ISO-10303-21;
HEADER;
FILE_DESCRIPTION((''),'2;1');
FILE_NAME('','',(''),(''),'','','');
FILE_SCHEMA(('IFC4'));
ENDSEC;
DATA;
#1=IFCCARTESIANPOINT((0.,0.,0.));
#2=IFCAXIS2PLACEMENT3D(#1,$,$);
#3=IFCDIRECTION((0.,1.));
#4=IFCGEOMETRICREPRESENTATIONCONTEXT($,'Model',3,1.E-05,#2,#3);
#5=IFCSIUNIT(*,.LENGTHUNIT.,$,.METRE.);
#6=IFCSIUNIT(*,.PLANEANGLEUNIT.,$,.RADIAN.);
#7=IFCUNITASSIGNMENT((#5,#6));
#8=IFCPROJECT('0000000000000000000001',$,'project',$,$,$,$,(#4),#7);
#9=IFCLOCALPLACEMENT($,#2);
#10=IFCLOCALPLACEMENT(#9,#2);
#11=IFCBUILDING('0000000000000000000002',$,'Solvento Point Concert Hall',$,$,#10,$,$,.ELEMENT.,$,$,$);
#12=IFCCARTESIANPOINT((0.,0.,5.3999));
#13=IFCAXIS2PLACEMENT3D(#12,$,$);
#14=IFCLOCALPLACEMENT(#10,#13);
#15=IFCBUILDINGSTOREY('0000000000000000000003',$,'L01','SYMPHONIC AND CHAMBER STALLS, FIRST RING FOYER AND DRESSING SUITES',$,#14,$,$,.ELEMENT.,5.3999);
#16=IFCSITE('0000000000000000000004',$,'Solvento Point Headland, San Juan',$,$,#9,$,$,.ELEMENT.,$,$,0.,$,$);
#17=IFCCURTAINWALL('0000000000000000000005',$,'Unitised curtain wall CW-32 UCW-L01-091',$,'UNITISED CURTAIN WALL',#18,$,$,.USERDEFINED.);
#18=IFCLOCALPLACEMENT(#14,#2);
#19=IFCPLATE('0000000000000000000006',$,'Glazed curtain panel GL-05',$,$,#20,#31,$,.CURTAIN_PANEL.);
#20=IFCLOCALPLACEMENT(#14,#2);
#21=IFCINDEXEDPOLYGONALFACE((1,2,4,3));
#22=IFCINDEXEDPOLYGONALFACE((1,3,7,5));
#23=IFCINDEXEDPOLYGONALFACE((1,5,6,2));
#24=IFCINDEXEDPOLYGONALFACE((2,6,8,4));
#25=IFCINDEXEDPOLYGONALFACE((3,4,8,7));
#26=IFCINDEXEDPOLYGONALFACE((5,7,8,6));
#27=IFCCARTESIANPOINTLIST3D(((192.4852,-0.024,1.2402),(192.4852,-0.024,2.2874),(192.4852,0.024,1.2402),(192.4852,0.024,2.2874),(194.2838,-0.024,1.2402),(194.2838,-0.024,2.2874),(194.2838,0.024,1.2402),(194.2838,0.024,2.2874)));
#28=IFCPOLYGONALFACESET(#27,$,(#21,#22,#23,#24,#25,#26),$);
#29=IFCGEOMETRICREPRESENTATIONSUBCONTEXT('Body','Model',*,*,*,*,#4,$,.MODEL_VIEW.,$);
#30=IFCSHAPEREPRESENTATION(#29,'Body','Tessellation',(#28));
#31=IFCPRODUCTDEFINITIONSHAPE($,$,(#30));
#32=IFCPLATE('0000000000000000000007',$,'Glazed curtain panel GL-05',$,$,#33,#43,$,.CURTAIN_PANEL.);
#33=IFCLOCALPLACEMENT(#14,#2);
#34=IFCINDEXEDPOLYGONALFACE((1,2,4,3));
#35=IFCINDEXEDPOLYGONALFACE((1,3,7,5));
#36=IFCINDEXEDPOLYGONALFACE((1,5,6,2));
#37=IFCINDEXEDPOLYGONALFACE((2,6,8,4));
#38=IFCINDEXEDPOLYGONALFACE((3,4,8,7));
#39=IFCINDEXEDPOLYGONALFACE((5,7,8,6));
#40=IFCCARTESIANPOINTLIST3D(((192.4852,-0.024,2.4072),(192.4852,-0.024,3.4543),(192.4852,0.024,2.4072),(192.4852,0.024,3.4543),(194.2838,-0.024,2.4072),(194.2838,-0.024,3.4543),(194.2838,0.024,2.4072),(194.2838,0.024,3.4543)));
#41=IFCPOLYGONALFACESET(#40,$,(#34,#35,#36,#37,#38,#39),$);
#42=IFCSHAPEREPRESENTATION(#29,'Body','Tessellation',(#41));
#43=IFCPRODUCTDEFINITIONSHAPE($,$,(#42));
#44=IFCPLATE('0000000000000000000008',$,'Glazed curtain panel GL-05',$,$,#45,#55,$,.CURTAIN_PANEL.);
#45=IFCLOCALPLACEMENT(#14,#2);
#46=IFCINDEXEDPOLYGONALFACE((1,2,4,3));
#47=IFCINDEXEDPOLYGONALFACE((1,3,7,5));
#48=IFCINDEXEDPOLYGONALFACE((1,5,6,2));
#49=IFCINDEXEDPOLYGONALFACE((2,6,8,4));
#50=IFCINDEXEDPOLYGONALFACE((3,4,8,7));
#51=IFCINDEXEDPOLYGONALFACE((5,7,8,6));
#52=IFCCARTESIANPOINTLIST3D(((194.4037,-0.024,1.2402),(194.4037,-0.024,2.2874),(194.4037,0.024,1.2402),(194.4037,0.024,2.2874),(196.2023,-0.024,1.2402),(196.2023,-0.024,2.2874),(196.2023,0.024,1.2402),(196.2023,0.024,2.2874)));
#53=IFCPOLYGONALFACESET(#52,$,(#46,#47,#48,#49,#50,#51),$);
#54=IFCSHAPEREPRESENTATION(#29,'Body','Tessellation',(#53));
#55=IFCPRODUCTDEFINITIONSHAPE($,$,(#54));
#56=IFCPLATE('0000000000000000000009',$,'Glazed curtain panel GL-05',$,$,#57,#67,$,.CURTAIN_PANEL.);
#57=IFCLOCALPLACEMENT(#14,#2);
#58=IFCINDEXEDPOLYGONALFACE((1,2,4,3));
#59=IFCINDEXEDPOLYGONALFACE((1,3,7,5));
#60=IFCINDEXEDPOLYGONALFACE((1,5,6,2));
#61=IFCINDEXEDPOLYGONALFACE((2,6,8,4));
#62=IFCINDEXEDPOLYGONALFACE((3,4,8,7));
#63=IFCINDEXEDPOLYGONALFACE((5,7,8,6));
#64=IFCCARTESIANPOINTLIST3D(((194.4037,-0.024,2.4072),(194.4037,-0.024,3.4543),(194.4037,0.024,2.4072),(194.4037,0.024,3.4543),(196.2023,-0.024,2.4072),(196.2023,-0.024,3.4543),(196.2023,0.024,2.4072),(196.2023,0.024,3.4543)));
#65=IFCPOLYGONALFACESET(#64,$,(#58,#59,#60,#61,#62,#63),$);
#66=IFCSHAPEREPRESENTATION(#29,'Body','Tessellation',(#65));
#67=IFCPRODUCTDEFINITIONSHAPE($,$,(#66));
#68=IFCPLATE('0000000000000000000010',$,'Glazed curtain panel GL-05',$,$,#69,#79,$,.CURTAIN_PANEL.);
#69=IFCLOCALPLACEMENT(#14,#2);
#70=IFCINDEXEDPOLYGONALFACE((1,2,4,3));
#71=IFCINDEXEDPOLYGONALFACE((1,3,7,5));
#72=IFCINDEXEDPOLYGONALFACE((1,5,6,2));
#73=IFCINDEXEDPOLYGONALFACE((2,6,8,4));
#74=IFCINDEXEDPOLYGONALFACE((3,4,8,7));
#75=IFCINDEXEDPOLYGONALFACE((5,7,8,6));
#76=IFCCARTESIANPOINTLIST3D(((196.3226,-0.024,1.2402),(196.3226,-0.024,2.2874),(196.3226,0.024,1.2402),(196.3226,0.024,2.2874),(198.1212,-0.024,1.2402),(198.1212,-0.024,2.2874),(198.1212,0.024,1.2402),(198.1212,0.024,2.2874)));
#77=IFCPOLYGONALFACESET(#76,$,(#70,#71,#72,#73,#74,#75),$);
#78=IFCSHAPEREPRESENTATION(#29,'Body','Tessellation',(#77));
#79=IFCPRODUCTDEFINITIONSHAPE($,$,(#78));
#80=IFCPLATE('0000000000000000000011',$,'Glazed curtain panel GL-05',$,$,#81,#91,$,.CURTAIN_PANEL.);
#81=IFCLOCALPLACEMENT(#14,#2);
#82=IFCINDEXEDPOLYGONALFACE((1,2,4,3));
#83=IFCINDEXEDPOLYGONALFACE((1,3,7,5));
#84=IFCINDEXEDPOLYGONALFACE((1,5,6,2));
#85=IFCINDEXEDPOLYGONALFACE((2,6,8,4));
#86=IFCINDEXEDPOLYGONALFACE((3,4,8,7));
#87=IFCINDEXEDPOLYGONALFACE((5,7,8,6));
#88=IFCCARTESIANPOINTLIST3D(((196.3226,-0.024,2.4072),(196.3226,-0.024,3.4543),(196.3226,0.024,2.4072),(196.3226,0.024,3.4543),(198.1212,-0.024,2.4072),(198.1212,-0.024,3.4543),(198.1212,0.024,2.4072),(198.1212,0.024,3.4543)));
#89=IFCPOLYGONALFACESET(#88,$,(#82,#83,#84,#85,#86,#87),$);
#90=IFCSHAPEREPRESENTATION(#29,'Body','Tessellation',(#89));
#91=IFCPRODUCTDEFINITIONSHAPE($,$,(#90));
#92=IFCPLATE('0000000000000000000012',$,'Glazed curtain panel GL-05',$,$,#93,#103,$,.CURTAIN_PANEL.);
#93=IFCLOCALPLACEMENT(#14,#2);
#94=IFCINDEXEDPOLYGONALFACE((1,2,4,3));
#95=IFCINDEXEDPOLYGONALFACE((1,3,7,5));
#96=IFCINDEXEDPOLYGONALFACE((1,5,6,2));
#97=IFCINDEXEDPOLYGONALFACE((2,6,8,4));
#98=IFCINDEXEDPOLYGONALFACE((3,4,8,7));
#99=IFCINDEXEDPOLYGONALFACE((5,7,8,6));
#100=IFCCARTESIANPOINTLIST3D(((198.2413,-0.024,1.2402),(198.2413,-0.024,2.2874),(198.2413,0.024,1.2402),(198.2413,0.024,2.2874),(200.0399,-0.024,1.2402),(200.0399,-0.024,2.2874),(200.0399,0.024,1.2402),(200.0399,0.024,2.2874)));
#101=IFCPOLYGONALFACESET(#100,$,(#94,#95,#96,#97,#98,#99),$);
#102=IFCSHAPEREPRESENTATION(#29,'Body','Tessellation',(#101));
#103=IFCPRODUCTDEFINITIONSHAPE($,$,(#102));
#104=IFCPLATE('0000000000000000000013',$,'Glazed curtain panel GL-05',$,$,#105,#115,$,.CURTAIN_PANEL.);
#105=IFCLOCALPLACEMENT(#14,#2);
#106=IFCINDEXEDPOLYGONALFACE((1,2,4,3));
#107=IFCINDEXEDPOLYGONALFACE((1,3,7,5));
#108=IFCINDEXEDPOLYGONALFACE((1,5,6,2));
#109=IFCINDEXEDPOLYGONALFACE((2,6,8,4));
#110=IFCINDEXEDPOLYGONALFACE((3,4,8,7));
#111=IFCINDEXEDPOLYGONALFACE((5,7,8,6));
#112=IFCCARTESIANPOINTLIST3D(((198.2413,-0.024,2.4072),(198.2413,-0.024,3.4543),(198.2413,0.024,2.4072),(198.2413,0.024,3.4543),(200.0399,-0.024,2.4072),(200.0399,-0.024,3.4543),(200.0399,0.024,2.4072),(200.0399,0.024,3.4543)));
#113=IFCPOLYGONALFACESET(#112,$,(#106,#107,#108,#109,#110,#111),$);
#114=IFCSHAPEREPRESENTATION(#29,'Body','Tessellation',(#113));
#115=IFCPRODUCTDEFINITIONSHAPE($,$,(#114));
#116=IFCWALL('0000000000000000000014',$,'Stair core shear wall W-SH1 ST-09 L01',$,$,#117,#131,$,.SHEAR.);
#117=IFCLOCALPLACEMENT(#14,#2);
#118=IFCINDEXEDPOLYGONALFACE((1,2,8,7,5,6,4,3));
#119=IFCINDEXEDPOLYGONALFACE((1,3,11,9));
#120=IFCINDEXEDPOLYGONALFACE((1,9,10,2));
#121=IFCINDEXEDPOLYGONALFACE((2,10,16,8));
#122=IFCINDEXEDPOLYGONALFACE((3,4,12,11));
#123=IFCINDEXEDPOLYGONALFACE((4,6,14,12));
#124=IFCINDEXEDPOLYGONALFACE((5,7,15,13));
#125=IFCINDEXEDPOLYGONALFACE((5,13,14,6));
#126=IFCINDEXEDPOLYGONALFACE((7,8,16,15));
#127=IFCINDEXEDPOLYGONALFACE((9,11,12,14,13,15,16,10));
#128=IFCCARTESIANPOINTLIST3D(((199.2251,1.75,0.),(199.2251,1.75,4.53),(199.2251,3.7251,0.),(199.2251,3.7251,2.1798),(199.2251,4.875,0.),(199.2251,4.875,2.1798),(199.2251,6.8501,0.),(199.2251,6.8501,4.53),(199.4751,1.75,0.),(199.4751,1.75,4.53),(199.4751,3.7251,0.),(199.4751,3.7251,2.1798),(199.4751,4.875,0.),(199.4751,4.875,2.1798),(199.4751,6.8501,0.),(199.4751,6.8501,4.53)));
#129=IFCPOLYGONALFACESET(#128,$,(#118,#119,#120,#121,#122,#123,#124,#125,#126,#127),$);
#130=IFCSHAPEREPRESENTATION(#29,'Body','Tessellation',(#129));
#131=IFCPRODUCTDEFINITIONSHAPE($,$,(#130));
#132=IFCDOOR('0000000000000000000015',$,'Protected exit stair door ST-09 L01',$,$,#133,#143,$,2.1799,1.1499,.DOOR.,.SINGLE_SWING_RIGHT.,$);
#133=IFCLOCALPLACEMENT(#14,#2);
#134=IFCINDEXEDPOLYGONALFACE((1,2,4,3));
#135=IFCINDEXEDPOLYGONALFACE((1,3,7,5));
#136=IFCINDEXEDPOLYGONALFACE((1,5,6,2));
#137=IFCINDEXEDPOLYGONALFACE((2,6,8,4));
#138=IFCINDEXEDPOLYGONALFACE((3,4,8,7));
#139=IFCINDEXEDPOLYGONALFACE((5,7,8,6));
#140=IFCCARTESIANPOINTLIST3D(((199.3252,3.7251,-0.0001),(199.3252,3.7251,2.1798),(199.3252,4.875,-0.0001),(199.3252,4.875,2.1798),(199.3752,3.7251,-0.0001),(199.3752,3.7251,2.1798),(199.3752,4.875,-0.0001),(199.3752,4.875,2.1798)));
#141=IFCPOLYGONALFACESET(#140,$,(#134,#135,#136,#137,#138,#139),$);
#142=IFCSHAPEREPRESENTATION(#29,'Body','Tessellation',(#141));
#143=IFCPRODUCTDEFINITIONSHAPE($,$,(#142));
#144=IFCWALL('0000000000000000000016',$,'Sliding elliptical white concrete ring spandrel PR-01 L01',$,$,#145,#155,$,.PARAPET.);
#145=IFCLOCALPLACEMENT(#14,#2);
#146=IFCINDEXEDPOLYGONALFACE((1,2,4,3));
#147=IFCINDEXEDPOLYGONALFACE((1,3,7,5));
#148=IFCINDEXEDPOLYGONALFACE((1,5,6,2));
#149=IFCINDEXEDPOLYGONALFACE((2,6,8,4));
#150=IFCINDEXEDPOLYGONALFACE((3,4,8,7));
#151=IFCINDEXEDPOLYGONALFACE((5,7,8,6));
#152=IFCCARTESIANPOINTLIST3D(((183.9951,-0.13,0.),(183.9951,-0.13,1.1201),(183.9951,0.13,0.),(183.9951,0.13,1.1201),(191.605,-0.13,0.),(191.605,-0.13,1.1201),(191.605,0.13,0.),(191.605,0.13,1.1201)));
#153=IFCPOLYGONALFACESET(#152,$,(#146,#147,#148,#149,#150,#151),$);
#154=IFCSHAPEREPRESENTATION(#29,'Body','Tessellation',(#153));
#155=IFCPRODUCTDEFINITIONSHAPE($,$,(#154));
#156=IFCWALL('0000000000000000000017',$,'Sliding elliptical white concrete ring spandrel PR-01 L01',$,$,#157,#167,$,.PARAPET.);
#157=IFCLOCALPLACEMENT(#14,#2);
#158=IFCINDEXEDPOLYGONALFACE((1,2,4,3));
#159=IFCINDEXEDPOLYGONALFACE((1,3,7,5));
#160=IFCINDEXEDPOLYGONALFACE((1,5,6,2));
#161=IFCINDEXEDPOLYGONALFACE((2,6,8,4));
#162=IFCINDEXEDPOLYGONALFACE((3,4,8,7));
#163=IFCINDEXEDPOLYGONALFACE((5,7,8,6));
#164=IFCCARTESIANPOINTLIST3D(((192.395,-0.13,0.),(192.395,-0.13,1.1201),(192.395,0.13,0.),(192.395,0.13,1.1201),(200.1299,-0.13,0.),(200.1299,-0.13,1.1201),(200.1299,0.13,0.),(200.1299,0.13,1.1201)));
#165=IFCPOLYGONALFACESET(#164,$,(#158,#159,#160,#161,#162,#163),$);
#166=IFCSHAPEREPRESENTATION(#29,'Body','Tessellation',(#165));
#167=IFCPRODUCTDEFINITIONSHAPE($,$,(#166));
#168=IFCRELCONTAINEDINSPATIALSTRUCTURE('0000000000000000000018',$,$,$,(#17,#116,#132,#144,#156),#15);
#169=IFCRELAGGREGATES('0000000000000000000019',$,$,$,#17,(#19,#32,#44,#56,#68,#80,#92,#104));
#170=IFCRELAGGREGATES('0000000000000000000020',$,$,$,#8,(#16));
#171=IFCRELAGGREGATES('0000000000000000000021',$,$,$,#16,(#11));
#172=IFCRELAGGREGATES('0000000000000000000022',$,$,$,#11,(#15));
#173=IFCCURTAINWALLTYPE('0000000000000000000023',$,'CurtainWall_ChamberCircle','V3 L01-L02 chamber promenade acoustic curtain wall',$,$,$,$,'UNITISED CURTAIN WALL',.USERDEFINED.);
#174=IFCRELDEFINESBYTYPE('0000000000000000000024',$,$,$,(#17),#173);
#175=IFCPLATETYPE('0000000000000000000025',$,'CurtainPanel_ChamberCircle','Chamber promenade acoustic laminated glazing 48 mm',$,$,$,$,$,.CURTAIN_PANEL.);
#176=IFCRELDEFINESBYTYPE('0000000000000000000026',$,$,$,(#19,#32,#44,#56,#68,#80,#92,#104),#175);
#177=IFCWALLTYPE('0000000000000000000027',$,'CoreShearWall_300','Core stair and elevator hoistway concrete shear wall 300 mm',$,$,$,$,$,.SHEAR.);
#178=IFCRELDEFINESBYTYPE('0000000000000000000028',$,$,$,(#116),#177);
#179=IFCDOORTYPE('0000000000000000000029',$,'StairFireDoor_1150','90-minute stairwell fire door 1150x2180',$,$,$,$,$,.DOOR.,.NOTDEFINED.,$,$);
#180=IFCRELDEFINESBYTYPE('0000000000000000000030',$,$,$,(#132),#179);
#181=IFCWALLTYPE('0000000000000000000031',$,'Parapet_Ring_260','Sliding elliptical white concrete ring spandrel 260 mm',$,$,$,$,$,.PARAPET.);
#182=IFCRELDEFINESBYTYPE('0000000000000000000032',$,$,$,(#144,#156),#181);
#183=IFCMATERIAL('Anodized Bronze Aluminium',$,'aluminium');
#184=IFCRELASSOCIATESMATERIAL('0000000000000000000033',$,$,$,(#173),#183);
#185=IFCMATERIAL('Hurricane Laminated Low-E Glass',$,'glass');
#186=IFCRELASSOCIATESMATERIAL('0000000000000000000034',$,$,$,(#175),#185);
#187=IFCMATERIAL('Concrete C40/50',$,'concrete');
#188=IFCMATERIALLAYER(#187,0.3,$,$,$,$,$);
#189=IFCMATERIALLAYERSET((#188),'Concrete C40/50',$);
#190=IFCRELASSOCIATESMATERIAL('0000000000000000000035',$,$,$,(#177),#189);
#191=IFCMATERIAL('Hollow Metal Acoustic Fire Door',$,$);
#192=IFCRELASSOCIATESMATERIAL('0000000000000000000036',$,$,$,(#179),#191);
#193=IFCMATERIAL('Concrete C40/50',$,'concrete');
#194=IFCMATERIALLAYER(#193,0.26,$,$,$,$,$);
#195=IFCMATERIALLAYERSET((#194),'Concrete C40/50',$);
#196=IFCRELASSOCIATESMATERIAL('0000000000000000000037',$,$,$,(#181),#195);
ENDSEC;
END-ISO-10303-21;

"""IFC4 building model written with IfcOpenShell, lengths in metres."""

from ifc_helpers import new_model, si_unit, direction, frame, frame_2d, origin, origin_2d, place, context, subcontext, project, spatial, rectangle, extrude, material, layer, layer_set, type_object, element, fill, aggregate, save


model = new_model("IFC4")

# Units and contexts
model_context = context("Model", 3, precision=1e-05, world=origin(), true_north=direction((0.0, 1.0)))
body_context = subcontext(model_context, "Body", "Model", "MODEL_VIEW")
ifc_project = project(units=[si_unit("LENGTHUNIT", "METRE"), si_unit("PLANEANGLEUNIT", "RADIAN")], contexts=[model_context])

# Site, building, storey
site_placement = place(None, origin())
site = spatial("IfcSite", under=ifc_project, at=site_placement, Name="Solvento Point Headland, San Juan", CompositionType="ELEMENT", RefElevation=0.0)
building_placement = place(site_placement, origin())
building = spatial("IfcBuilding", under=site, at=building_placement, Name="Solvento Point Concert Hall", CompositionType="ELEMENT")
storey_placement = place(building_placement, frame((0.0, 0.0, 5.3999)))
storey = spatial("IfcBuildingStorey", under=building, at=storey_placement, Name="L01", Description="SYMPHONIC AND CHAMBER STALLS, FIRST RING FOYER AND DRESSING SUITES", CompositionType="ELEMENT", Elevation=5.3999)

# Curtain wall
ifc_material_1 = material(Name="Anodized Bronze Aluminium", Category="aluminium")
curtain_wall_type = type_object("IfcCurtainWallType", Name="CurtainWall_ChamberCircle", Description="V3 L01-L02 chamber promenade acoustic curtain wall", ElementType="UNITISED CURTAIN WALL", PredefinedType="USERDEFINED", material=ifc_material_1)
curtain_wall_1_placement = place(storey_placement, origin())
curtain_wall_1 = element("IfcCurtainWall", 1, at=curtain_wall_1_placement, inside=storey, type_object=curtain_wall_type, Name="Unitised curtain wall CW-32 UCW-L01-091", ObjectType="UNITISED CURTAIN WALL", PredefinedType="USERDEFINED")

# Plates
ifc_material_2 = material(Name="Hurricane Laminated Low-E Glass", Category="glass")
plate_type = type_object("IfcPlateType", Name="CurtainPanel_ChamberCircle", Description="Chamber promenade acoustic laminated glazing 48 mm", PredefinedType="CURTAIN_PANEL", material=ifc_material_2)
plate_1_placement = place(storey_placement, frame((193.3845, 0.0, 1.2402), z_axis=(0.0, 0.0, 1.0), x_axis=(1.0, 0.0, 0.0)))
plate_1 = element("IfcPlate", 2, at=plate_1_placement, type_object=plate_type, Name="Glazed curtain panel GL-05", PredefinedType="CURTAIN_PANEL", context=body_context, shape_type="SweptSolid", body=[
    extrude(rectangle(XDim=1.7986, YDim=0.0481, at=origin_2d()), origin(), (0.0, 0.0, 1.0), 1.0471),
])
plate_2_placement = place(storey_placement, frame((193.3845, 0.0, 2.4072), z_axis=(0.0, 0.0, 1.0), x_axis=(1.0, 0.0, 0.0)))
plate_2 = element("IfcPlate", 3, at=plate_2_placement, type_object=plate_type, Name="Glazed curtain panel GL-05", PredefinedType="CURTAIN_PANEL", context=body_context, shape_type="SweptSolid", body=[
    extrude(rectangle(XDim=1.7986, YDim=0.0481, at=origin_2d()), origin(), (0.0, 0.0, 1.0), 1.0471),
])
plate_3_placement = place(storey_placement, frame((195.303, 0.0, 1.2402), z_axis=(0.0, 0.0, 1.0), x_axis=(1.0, 0.0, 0.0)))
plate_3 = element("IfcPlate", 4, at=plate_3_placement, type_object=plate_type, Name="Glazed curtain panel GL-05", PredefinedType="CURTAIN_PANEL", context=body_context, shape_type="SweptSolid", body=[
    extrude(rectangle(XDim=1.7986, YDim=0.0481, at=origin_2d()), origin(), (0.0, 0.0, 1.0), 1.0471),
])
plate_4_placement = place(storey_placement, frame((195.303, 0.0, 2.4072), z_axis=(0.0, 0.0, 1.0), x_axis=(1.0, 0.0, 0.0)))
plate_4 = element("IfcPlate", 5, at=plate_4_placement, type_object=plate_type, Name="Glazed curtain panel GL-05", PredefinedType="CURTAIN_PANEL", context=body_context, shape_type="SweptSolid", body=[
    extrude(rectangle(XDim=1.7986, YDim=0.0481, at=origin_2d()), origin(), (0.0, 0.0, 1.0), 1.0471),
])
plate_5_placement = place(storey_placement, frame((197.2219, 0.0, 1.2402), z_axis=(0.0, 0.0, 1.0), x_axis=(1.0, 0.0, 0.0)))
plate_5 = element("IfcPlate", 6, at=plate_5_placement, type_object=plate_type, Name="Glazed curtain panel GL-05", PredefinedType="CURTAIN_PANEL", context=body_context, shape_type="SweptSolid", body=[
    extrude(rectangle(XDim=1.7986, YDim=0.0481, at=origin_2d()), origin(), (0.0, 0.0, 1.0), 1.0471),
])
plate_6_placement = place(storey_placement, frame((197.2219, 0.0, 2.4072), z_axis=(0.0, 0.0, 1.0), x_axis=(1.0, 0.0, 0.0)))
plate_6 = element("IfcPlate", 7, at=plate_6_placement, type_object=plate_type, Name="Glazed curtain panel GL-05", PredefinedType="CURTAIN_PANEL", context=body_context, shape_type="SweptSolid", body=[
    extrude(rectangle(XDim=1.7986, YDim=0.0481, at=origin_2d()), origin(), (0.0, 0.0, 1.0), 1.0471),
])
plate_7_placement = place(storey_placement, frame((199.1406, 0.0, 1.2402), z_axis=(0.0, 0.0, 1.0), x_axis=(1.0, 0.0, 0.0)))
plate_7 = element("IfcPlate", 8, at=plate_7_placement, type_object=plate_type, Name="Glazed curtain panel GL-05", PredefinedType="CURTAIN_PANEL", context=body_context, shape_type="SweptSolid", body=[
    extrude(rectangle(XDim=1.7986, YDim=0.0481, at=origin_2d()), origin(), (0.0, 0.0, 1.0), 1.0471),
])
plate_8_placement = place(storey_placement, frame((199.1406, 0.0, 2.4072), z_axis=(0.0, 0.0, 1.0), x_axis=(1.0, 0.0, 0.0)))
plate_8 = element("IfcPlate", 9, at=plate_8_placement, type_object=plate_type, Name="Glazed curtain panel GL-05", PredefinedType="CURTAIN_PANEL", context=body_context, shape_type="SweptSolid", body=[
    extrude(rectangle(XDim=1.7986, YDim=0.0481, at=origin_2d()), origin(), (0.0, 0.0, 1.0), 1.0471),
])
aggregate(curtain_wall_1, [plate_1, plate_2, plate_3, plate_4, plate_5, plate_6, plate_7, plate_8])

# Wall, opening, door
ifc_material_3 = material(Name="Concrete C40/50", Category="concrete")
ifc_layer_1 = layer(ifc_material_3, 0.3)
ifc_layer_set_1 = layer_set([ifc_layer_1], Name="Concrete C40/50")
wall_type_1 = type_object("IfcWallType", Name="CoreShearWall_300", Description="Core stair and elevator hoistway concrete shear wall 300 mm", PredefinedType="SHEAR", material=ifc_layer_set_1)
wall_1_placement = place(storey_placement, frame((199.3501, 1.75, 0.0), z_axis=(0.0, 0.0, 1.0), x_axis=(0.0, 1.0, 0.0)))
wall_1 = element("IfcWall", 10, at=wall_1_placement, inside=storey, type_object=wall_type_1, Name="Stair core shear wall W-SH1 ST-09 L01", PredefinedType="SHEAR", context=body_context, shape_type="SweptSolid", body=[
    extrude(rectangle(XDim=5.1001, YDim=0.25, at=frame_2d((2.55, 0.0))), origin(), (0.0, 0.0, 1.0), 4.53),
])
opening_placement = place(wall_1_placement, frame((1.9751, 0.0, 0.0)))
opening = element("IfcOpeningElement", 11, at=opening_placement, cuts=wall_1, PredefinedType="OPENING", context=body_context, shape_type="SweptSolid", body=[
    extrude(rectangle(XDim=1.1499, YDim=2.1799, at=frame_2d((0.575, 1.0898))), frame((0.0, 0.135, 0.0), z_axis=(0.0, -1.0, 0.0), x_axis=(1.0, 0.0, 0.0)), (0.0, 0.0, 1.0), 0.27),
])
ifc_material_4 = material(Name="Hollow Metal Acoustic Fire Door")
door_type = type_object("IfcDoorType", Name="StairFireDoor_1150", Description="90-minute stairwell fire door 1150x2180", OperationType="NOTDEFINED", PredefinedType="DOOR", material=ifc_material_4)
door_placement = place(opening_placement, origin())
door = element("IfcDoor", 12, at=door_placement, inside=storey, type_object=door_type, Name="Protected exit stair door ST-09 L01", OperationType="SINGLE_SWING_RIGHT", OverallHeight=2.1799, OverallWidth=1.1499, PredefinedType="DOOR", context=body_context, shape_type="SweptSolid", body=[
    extrude(rectangle(XDim=1.1499, YDim=2.1799, at=frame_2d((0.575, 1.0898))), frame((0.0, 0.0249, 0.0), z_axis=(0.0, -1.0, 0.0), x_axis=(1.0, 0.0, 0.0)), (0.0, 0.0, 1.0), 0.05),
])
fill(opening, door)

# Walls
ifc_material_5 = material(Name="Concrete C40/50", Category="concrete")
ifc_layer_2 = layer(ifc_material_5, 0.26)
ifc_layer_set_2 = layer_set([ifc_layer_2], Name="Concrete C40/50")
wall_type_2 = type_object("IfcWallType", Name="Parapet_Ring_260", Description="Sliding elliptical white concrete ring spandrel 260 mm", PredefinedType="PARAPET", material=ifc_layer_set_2)
wall_2_placement = place(storey_placement, frame((191.605, 0.0, 0.0), z_axis=(0.0, 0.0, 1.0), x_axis=(-1.0, 0.0, 0.0)))
element("IfcWall", 13, at=wall_2_placement, inside=storey, type_object=wall_type_2, Name="Sliding elliptical white concrete ring spandrel PR-01 L01", PredefinedType="PARAPET", context=body_context, shape_type="SweptSolid", body=[
    extrude(rectangle(XDim=7.6099, YDim=0.26, at=frame_2d((3.8049, 0.0))), origin(), (0.0, 0.0, 1.0), 1.1201),
])
wall_3_placement = place(storey_placement, frame((200.1299, 0.0, 0.0), z_axis=(0.0, 0.0, 1.0), x_axis=(-1.0, 0.0, 0.0)))
element("IfcWall", 14, at=wall_3_placement, inside=storey, type_object=wall_type_2, Name="Sliding elliptical white concrete ring spandrel PR-01 L01", PredefinedType="PARAPET", context=body_context, shape_type="SweptSolid", body=[
    extrude(rectangle(XDim=7.7349, YDim=0.26, at=frame_2d((3.8674, 0.0))), origin(), (0.0, 0.0, 1.0), 1.1201),
])

save(model, "model.ifc")
